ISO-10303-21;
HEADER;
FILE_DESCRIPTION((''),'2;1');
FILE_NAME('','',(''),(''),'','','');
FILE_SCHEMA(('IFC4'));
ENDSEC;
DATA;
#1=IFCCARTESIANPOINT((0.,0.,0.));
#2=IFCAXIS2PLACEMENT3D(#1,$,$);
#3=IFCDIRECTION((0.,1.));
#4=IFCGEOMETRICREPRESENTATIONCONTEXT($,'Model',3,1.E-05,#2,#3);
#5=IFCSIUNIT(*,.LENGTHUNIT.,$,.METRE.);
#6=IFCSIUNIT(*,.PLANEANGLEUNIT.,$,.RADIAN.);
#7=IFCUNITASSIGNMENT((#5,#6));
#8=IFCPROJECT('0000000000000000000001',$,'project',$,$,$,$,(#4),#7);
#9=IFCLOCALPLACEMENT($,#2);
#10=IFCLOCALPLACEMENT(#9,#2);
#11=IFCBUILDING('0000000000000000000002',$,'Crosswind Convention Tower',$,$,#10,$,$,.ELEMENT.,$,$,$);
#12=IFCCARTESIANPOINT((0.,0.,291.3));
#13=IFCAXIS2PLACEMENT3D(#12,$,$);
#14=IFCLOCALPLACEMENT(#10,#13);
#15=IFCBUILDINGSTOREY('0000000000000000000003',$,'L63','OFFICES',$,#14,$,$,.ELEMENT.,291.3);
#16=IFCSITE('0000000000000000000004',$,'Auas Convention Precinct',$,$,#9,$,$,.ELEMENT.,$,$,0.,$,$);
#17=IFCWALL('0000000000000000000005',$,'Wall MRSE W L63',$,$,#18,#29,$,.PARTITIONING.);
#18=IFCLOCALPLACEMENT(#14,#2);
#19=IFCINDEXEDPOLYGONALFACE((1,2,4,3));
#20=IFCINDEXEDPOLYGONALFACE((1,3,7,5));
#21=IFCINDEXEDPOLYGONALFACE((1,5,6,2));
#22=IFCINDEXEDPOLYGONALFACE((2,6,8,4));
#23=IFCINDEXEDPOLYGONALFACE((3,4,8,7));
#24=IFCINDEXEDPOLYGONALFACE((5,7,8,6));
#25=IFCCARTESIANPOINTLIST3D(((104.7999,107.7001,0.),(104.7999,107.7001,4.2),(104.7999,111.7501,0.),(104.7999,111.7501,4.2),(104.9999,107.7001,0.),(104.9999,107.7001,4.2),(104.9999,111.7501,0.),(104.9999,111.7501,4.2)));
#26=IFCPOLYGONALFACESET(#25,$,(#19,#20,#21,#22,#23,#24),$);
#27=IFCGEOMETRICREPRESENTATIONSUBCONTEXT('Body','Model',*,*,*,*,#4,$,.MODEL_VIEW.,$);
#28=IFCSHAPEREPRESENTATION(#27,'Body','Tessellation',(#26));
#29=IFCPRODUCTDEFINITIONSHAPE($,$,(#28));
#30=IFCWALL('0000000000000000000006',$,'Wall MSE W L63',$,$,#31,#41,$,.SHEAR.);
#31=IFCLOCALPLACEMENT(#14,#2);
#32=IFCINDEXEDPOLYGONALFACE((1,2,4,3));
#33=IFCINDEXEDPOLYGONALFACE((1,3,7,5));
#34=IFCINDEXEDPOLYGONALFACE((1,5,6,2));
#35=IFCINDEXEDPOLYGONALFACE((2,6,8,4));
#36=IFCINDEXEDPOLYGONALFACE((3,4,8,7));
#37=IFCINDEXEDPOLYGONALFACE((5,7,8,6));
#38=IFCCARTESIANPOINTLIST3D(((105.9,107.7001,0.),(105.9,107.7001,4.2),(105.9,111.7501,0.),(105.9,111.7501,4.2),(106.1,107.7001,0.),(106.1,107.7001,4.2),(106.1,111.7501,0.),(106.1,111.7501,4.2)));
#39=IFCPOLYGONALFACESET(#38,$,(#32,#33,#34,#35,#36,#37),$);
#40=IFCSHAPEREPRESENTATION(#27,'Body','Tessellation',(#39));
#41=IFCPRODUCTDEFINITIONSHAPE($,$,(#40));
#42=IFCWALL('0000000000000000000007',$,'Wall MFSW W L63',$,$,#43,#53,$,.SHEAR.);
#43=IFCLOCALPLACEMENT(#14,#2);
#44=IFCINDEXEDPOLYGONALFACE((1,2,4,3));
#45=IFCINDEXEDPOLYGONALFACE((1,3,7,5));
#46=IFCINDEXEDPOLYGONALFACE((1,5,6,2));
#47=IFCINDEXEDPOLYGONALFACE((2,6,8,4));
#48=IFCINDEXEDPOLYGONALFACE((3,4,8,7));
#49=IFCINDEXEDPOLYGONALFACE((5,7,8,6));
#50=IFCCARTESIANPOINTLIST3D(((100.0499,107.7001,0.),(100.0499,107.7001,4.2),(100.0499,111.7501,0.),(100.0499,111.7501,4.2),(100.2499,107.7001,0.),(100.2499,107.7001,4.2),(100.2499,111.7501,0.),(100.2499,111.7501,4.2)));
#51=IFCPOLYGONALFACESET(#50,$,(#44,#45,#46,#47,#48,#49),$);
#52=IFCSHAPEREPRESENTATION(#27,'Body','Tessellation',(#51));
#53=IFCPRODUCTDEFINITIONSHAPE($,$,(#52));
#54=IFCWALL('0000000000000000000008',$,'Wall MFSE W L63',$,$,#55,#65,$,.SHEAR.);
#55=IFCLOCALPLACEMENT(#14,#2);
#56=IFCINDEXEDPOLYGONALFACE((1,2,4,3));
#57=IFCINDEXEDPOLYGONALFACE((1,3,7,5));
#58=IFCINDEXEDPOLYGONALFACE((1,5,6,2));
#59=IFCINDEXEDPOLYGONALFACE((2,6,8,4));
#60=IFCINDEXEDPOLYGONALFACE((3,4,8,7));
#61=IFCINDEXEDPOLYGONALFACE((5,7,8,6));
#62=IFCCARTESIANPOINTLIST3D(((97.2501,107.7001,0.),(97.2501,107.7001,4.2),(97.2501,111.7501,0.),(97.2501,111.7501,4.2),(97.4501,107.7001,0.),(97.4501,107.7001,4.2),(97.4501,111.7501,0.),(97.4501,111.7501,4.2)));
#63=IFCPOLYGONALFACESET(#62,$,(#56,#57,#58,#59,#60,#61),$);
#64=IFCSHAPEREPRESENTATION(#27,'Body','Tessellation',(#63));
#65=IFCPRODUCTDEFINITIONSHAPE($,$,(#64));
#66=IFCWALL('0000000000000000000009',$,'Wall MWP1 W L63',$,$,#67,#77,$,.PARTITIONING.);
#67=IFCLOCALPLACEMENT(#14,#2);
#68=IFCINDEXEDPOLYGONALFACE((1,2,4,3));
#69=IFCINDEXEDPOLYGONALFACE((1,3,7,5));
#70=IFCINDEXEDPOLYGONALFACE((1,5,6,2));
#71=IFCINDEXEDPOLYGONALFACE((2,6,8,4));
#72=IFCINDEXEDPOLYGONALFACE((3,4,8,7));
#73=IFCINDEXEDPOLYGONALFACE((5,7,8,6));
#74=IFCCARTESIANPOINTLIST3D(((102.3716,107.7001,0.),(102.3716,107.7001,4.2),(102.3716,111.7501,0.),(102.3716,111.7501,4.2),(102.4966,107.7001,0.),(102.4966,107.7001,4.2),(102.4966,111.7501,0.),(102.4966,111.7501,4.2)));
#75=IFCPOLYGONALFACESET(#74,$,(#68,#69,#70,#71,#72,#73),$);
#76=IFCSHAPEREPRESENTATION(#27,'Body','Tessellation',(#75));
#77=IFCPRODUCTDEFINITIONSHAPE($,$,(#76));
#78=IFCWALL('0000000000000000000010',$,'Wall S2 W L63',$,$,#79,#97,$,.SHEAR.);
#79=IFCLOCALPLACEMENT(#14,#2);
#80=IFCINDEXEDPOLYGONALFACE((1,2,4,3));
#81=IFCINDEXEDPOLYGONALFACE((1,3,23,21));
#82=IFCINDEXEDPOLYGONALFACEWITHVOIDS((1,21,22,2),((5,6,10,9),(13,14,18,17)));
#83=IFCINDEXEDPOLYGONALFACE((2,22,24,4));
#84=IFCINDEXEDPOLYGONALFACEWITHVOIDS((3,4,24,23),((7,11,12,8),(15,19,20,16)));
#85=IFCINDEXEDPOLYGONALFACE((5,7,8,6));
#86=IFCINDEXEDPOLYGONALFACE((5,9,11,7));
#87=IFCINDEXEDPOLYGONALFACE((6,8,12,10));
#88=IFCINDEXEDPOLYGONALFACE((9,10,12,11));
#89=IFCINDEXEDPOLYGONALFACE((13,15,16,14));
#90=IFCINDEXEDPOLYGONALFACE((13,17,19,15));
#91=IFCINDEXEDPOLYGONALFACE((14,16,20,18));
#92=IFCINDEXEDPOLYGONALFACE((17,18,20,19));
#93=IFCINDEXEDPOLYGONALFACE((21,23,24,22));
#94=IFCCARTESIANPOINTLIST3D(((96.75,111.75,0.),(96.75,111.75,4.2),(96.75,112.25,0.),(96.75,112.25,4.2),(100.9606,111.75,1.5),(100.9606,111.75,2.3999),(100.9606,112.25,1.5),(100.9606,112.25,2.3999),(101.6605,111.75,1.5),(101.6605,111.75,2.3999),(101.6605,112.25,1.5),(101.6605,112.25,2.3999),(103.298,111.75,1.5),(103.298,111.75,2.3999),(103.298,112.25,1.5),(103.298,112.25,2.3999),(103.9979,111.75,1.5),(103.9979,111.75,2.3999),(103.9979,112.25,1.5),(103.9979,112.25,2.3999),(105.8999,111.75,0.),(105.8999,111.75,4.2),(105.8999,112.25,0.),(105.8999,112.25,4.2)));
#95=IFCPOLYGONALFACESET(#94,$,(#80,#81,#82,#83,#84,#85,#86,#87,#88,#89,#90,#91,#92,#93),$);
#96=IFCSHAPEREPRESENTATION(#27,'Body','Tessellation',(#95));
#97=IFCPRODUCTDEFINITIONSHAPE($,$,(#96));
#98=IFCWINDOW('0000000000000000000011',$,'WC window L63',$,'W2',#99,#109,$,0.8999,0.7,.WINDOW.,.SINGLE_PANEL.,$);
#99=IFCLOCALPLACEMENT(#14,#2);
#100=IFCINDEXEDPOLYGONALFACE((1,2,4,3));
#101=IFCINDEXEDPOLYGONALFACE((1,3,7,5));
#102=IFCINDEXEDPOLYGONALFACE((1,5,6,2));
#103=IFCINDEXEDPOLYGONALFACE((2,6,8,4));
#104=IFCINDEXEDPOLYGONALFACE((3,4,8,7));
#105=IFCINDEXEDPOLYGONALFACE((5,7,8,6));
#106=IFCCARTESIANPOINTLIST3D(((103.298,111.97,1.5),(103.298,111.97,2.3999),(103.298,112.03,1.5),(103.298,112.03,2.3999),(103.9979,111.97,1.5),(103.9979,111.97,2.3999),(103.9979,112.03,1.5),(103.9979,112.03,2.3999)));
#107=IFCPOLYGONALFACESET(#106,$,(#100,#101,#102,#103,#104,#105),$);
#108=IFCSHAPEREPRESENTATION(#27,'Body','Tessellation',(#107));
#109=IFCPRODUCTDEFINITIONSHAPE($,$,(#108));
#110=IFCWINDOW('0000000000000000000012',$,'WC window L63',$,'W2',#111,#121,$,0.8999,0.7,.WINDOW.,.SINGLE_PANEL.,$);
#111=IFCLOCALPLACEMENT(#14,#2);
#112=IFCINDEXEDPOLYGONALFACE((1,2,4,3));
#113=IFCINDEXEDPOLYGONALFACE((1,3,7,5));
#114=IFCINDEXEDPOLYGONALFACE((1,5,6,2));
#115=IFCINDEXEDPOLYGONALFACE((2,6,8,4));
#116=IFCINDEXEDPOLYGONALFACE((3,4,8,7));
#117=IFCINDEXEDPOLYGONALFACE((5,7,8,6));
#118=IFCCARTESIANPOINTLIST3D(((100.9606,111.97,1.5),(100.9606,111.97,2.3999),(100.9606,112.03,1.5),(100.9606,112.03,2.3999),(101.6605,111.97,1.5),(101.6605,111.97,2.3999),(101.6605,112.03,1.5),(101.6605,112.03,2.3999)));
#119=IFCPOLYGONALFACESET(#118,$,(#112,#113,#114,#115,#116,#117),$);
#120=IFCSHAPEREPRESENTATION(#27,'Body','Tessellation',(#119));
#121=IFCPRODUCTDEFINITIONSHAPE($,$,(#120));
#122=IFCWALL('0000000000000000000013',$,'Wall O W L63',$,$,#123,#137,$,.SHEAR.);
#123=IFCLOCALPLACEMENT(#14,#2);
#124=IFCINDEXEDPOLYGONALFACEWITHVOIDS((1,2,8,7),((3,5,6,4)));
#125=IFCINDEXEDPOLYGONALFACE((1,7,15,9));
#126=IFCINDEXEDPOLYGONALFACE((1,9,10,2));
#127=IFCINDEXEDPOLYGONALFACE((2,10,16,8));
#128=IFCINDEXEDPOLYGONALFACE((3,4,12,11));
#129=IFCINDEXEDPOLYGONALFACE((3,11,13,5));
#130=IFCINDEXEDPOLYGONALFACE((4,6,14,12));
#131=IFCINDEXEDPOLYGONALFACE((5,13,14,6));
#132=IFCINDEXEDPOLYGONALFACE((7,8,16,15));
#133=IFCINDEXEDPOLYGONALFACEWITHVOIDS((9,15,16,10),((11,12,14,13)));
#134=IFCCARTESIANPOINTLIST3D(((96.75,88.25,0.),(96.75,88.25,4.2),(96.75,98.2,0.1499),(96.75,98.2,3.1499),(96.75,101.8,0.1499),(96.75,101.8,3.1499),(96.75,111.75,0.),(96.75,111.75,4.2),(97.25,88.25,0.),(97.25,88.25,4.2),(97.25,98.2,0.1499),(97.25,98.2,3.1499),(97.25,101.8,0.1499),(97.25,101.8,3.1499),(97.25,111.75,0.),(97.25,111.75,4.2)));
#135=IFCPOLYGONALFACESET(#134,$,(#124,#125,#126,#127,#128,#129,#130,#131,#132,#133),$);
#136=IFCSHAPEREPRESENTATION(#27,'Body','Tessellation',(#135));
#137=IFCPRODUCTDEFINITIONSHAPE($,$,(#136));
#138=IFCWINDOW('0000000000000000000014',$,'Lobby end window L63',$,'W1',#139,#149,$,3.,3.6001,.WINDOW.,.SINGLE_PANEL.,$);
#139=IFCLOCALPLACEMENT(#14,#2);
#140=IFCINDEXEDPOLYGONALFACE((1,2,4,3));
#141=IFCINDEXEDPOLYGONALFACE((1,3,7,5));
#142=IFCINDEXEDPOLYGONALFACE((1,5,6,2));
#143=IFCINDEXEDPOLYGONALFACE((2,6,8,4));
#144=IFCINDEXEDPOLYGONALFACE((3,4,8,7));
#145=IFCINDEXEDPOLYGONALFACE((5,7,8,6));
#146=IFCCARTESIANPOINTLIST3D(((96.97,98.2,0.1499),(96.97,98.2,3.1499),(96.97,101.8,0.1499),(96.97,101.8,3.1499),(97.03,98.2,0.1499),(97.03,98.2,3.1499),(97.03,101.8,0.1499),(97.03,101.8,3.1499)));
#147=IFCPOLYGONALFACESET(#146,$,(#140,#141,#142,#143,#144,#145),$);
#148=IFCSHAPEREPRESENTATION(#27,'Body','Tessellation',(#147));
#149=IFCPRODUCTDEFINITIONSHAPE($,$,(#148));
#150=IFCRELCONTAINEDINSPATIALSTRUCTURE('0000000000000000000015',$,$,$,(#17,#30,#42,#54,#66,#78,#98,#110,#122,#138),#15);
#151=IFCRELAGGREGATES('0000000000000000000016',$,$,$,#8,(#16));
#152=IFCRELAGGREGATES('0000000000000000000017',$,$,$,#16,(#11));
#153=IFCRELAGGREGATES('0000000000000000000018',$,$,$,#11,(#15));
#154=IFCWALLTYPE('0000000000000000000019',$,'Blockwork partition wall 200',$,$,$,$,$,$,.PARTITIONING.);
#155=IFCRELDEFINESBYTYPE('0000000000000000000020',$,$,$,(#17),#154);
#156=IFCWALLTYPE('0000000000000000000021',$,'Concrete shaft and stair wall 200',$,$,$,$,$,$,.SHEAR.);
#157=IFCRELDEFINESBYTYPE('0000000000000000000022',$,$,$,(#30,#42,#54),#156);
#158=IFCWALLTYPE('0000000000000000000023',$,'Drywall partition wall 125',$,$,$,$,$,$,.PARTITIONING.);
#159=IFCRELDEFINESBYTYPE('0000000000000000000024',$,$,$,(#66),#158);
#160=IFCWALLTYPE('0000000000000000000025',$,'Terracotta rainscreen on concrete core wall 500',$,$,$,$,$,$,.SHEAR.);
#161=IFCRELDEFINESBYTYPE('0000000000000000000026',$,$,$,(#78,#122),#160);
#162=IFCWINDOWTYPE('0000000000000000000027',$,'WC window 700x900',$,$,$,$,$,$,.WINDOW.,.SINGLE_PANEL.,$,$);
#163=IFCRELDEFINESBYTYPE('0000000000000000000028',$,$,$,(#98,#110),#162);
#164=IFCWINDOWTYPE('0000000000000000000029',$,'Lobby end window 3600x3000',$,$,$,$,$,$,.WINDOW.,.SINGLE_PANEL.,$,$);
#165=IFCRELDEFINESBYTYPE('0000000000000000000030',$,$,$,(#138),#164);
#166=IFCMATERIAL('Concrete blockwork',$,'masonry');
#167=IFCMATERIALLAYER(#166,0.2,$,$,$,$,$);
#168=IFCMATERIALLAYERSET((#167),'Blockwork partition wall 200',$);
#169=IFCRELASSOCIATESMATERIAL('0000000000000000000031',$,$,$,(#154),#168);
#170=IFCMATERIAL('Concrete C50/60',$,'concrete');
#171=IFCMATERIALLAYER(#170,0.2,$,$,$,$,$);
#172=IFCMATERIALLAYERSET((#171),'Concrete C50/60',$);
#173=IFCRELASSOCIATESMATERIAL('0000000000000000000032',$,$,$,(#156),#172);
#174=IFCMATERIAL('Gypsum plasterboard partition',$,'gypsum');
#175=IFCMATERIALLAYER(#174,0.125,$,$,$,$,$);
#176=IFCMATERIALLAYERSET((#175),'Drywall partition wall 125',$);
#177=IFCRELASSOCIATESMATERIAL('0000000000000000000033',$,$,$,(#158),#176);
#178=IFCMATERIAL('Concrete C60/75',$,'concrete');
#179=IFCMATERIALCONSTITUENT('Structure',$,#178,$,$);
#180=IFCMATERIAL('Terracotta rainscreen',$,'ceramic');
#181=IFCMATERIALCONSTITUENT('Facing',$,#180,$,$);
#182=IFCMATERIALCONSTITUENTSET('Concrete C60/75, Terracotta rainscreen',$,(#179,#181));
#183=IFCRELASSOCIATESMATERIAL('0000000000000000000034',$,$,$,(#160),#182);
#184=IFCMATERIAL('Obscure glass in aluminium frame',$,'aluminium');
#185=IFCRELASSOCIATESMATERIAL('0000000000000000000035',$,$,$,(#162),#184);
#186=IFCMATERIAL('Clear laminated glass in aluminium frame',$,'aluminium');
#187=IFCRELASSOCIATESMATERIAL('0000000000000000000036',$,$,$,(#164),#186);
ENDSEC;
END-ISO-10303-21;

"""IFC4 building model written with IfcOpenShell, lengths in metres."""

from ifc_helpers import new_model, si_unit, direction, frame, frame_2d, origin, place, context, subcontext, project, spatial, rectangle, extrude, material, layer, layer_set, constituent, constituent_set, type_object, element, fill, save


model = new_model("IFC4")

# Units and contexts
model_context = context("Model", 3, precision=1e-05, world=origin(), true_north=direction((0.0, 1.0)))
body_context = subcontext(model_context, "Body", "Model", "MODEL_VIEW")
ifc_project = project(units=[si_unit("LENGTHUNIT", "METRE"), si_unit("PLANEANGLEUNIT", "RADIAN")], contexts=[model_context])

# Site, building, storey
site_placement = place(None, origin())
site = spatial("IfcSite", under=ifc_project, at=site_placement, Name="Auas Convention Precinct", CompositionType="ELEMENT", RefElevation=0.0)
building_placement = place(site_placement, origin())
building = spatial("IfcBuilding", under=site, at=building_placement, Name="Crosswind Convention Tower", CompositionType="ELEMENT")
storey_placement = place(building_placement, frame((0.0, 0.0, 291.3)))
storey = spatial("IfcBuildingStorey", under=building, at=storey_placement, Name="L63", Description="OFFICES", CompositionType="ELEMENT", Elevation=291.3)

# Walls
ifc_material_1 = material(Name="Concrete blockwork", Category="masonry")
ifc_layer_1 = layer(ifc_material_1, 0.2)
ifc_layer_set_1 = layer_set([ifc_layer_1], Name="Blockwork partition wall 200")
wall_type_1 = type_object("IfcWallType", Name="Blockwork partition wall 200", PredefinedType="PARTITIONING", material=ifc_layer_set_1)
wall_1_placement = place(storey_placement, frame((104.8999, 111.75, 0.0), z_axis=(0.0, 0.0, 1.0), x_axis=(0.0, -1.0, 0.0)))
element("IfcWall", 1, at=wall_1_placement, inside=storey, type_object=wall_type_1, Name="Wall MRSE W L63", PredefinedType="PARTITIONING", context=body_context, shape_type="SweptSolid", body=[
    extrude(rectangle(XDim=4.05, YDim=0.2, at=frame_2d((2.0249, 0.0))), origin(), (0.0, 0.0, 1.0), 4.2),
])
ifc_material_2 = material(Name="Concrete C50/60", Category="concrete")
ifc_layer_2 = layer(ifc_material_2, 0.2)
ifc_layer_set_2 = layer_set([ifc_layer_2], Name="Concrete C50/60")
wall_type_2 = type_object("IfcWallType", Name="Concrete shaft and stair wall 200", PredefinedType="SHEAR", material=ifc_layer_set_2)
for number, where, z_axis, x_axis, name in (
    (2, (106.0, 111.75, 0.0), (0.0, 0.0, 1.0), (0.0, -1.0, 0.0), "Wall MSE W L63"),
    (3, (100.1499, 111.75, 0.0), (0.0, 0.0, 1.0), (0.0, -1.0, 0.0), "Wall MFSW W L63"),
    (4, (97.3501, 111.75, 0.0), (0.0, 0.0, 1.0), (0.0, -1.0, 0.0), "Wall MFSE W L63"),
):
    element("IfcWall", number, at=place(storey_placement, frame(where, z_axis=z_axis, x_axis=x_axis)), inside=storey, type_object=wall_type_2, Name=name, PredefinedType="SHEAR", context=body_context, shape_type="SweptSolid", body=[
        extrude(rectangle(XDim=4.05, YDim=0.2, at=frame_2d((2.0249, 0.0))), origin(), (0.0, 0.0, 1.0), 4.2),
    ])
ifc_material_3 = material(Name="Gypsum plasterboard partition", Category="gypsum")
ifc_layer_3 = layer(ifc_material_3, 0.125)
ifc_layer_set_3 = layer_set([ifc_layer_3], Name="Drywall partition wall 125")
wall_type_3 = type_object("IfcWallType", Name="Drywall partition wall 125", PredefinedType="PARTITIONING", material=ifc_layer_set_3)
wall_2_placement = place(storey_placement, frame((102.4341, 111.75, 0.0), z_axis=(0.0, 0.0, 1.0), x_axis=(0.0, -1.0, 0.0)))
element("IfcWall", 5, at=wall_2_placement, inside=storey, type_object=wall_type_3, Name="Wall MWP1 W L63", PredefinedType="PARTITIONING", context=body_context, shape_type="SweptSolid", body=[
    extrude(rectangle(XDim=4.05, YDim=0.125, at=frame_2d((2.0249, 0.0))), origin(), (0.0, 0.0, 1.0), 4.2),
])

# Wall, openings, windows
ifc_material_4 = material(Name="Concrete C60/75", Category="concrete")
ifc_constituent_1 = constituent(ifc_material_4, Name="Structure")
ifc_material_5 = material(Name="Terracotta rainscreen", Category="ceramic")
ifc_constituent_2 = constituent(ifc_material_5, Name="Facing")
ifc_constituent_set = constituent_set(constituents=[ifc_constituent_1, ifc_constituent_2], Name="Concrete C60/75, Terracotta rainscreen")
wall_type_4 = type_object("IfcWallType", Name="Terracotta rainscreen on concrete core wall 500", PredefinedType="SHEAR", material=ifc_constituent_set)
wall_3_placement = place(storey_placement, frame((105.8999, 112.0, 0.0), z_axis=(0.0, 0.0, 1.0), x_axis=(-1.0, 0.0, 0.0)))
wall_3 = element("IfcWall", 6, at=wall_3_placement, inside=storey, type_object=wall_type_4, Name="Wall S2 W L63", PredefinedType="SHEAR", context=body_context, shape_type="SweptSolid", body=[
    extrude(rectangle(XDim=9.1499, YDim=0.5, at=frame_2d((4.575, 0.0))), origin(), (0.0, 0.0, 1.0), 4.2),
])
opening_1_placement = place(wall_3_placement, frame((1.9019, 0.0, 1.5)))
opening_1 = element("IfcOpeningElement", 7, at=opening_1_placement, cuts=wall_3, PredefinedType="OPENING", context=body_context, shape_type="SweptSolid", body=[
    extrude(rectangle(XDim=0.7, YDim=0.8999, at=frame_2d((0.3501, 0.45))), frame((0.0, 0.26, 0.0), z_axis=(0.0, -1.0, 0.0), x_axis=(1.0, 0.0, 0.0)), (0.0, 0.0, 1.0), 0.52),
])
opening_2_placement = place(wall_3_placement, frame((4.2393, 0.0, 1.5)))
opening_2 = element("IfcOpeningElement", 8, at=opening_2_placement, cuts=wall_3, PredefinedType="OPENING", context=body_context, shape_type="SweptSolid", body=[
    extrude(rectangle(XDim=0.7, YDim=0.8999, at=frame_2d((0.3501, 0.45))), frame((0.0, 0.26, 0.0), z_axis=(0.0, -1.0, 0.0), x_axis=(1.0, 0.0, 0.0)), (0.0, 0.0, 1.0), 0.52),
])
ifc_material_6 = material(Name="Obscure glass in aluminium frame", Category="aluminium")
window_type_1 = type_object("IfcWindowType", Name="WC window 700x900", PartitioningType="SINGLE_PANEL", PredefinedType="WINDOW", material=ifc_material_6)
window_1_placement = place(opening_1_placement, origin())
window_1 = element("IfcWindow", 9, at=window_1_placement, inside=storey, type_object=window_type_1, Name="WC window L63", ObjectType="W2", OverallHeight=0.8999, OverallWidth=0.7, PartitioningType="SINGLE_PANEL", PredefinedType="WINDOW", context=body_context, shape_type="SweptSolid", body=[
    extrude(rectangle(XDim=0.7, YDim=0.8999, at=frame_2d((0.3501, 0.45))), frame((0.0, 0.03, 0.0), z_axis=(0.0, -1.0, 0.0), x_axis=(1.0, 0.0, 0.0)), (0.0, 0.0, 1.0), 0.0601),
])
fill(opening_1, window_1)
window_2_placement = place(opening_2_placement, origin())
window_2 = element("IfcWindow", 10, at=window_2_placement, inside=storey, type_object=window_type_1, Name="WC window L63", ObjectType="W2", OverallHeight=0.8999, OverallWidth=0.7, PartitioningType="SINGLE_PANEL", PredefinedType="WINDOW", context=body_context, shape_type="SweptSolid", body=[
    extrude(rectangle(XDim=0.7, YDim=0.8999, at=frame_2d((0.3501, 0.45))), frame((0.0, 0.03, 0.0), z_axis=(0.0, -1.0, 0.0), x_axis=(1.0, 0.0, 0.0)), (0.0, 0.0, 1.0), 0.0601),
])
fill(opening_2, window_2)

# Wall, opening, window
wall_4_placement = place(storey_placement, frame((97.0, 111.75, 0.0), z_axis=(0.0, 0.0, 1.0), x_axis=(0.0, -1.0, 0.0)))
wall_4 = element("IfcWall", 11, at=wall_4_placement, inside=storey, type_object=wall_type_4, Name="Wall O W L63", PredefinedType="SHEAR", context=body_context, shape_type="SweptSolid", body=[
    extrude(rectangle(XDim=23.5, YDim=0.5, at=frame_2d((11.75, 0.0))), origin(), (0.0, 0.0, 1.0), 4.2),
])
opening_3_placement = place(wall_4_placement, frame((9.95, 0.0, 0.1499)))
opening_3 = element("IfcOpeningElement", 12, at=opening_3_placement, cuts=wall_4, PredefinedType="OPENING", context=body_context, shape_type="SweptSolid", body=[
    extrude(rectangle(XDim=3.6001, YDim=3.0, at=frame_2d((1.8, 1.5))), frame((0.0, 0.26, 0.0), z_axis=(0.0, -1.0, 0.0), x_axis=(1.0, 0.0, 0.0)), (0.0, 0.0, 1.0), 0.52),
])
ifc_material_7 = material(Name="Clear laminated glass in aluminium frame", Category="aluminium")
window_type_2 = type_object("IfcWindowType", Name="Lobby end window 3600x3000", PartitioningType="SINGLE_PANEL", PredefinedType="WINDOW", material=ifc_material_7)
window_3_placement = place(opening_3_placement, origin())
window_3 = element("IfcWindow", 13, at=window_3_placement, inside=storey, type_object=window_type_2, Name="Lobby end window L63", ObjectType="W1", OverallHeight=3.0, OverallWidth=3.6001, PartitioningType="SINGLE_PANEL", PredefinedType="WINDOW", context=body_context, shape_type="SweptSolid", body=[
    extrude(rectangle(XDim=3.6001, YDim=3.0, at=frame_2d((1.8, 1.5))), frame((0.0, 0.03, 0.0), z_axis=(0.0, -1.0, 0.0), x_axis=(1.0, 0.0, 0.0)), (0.0, 0.0, 1.0), 0.0601),
])
fill(opening_3, window_3)

save(model, "model.ifc")
